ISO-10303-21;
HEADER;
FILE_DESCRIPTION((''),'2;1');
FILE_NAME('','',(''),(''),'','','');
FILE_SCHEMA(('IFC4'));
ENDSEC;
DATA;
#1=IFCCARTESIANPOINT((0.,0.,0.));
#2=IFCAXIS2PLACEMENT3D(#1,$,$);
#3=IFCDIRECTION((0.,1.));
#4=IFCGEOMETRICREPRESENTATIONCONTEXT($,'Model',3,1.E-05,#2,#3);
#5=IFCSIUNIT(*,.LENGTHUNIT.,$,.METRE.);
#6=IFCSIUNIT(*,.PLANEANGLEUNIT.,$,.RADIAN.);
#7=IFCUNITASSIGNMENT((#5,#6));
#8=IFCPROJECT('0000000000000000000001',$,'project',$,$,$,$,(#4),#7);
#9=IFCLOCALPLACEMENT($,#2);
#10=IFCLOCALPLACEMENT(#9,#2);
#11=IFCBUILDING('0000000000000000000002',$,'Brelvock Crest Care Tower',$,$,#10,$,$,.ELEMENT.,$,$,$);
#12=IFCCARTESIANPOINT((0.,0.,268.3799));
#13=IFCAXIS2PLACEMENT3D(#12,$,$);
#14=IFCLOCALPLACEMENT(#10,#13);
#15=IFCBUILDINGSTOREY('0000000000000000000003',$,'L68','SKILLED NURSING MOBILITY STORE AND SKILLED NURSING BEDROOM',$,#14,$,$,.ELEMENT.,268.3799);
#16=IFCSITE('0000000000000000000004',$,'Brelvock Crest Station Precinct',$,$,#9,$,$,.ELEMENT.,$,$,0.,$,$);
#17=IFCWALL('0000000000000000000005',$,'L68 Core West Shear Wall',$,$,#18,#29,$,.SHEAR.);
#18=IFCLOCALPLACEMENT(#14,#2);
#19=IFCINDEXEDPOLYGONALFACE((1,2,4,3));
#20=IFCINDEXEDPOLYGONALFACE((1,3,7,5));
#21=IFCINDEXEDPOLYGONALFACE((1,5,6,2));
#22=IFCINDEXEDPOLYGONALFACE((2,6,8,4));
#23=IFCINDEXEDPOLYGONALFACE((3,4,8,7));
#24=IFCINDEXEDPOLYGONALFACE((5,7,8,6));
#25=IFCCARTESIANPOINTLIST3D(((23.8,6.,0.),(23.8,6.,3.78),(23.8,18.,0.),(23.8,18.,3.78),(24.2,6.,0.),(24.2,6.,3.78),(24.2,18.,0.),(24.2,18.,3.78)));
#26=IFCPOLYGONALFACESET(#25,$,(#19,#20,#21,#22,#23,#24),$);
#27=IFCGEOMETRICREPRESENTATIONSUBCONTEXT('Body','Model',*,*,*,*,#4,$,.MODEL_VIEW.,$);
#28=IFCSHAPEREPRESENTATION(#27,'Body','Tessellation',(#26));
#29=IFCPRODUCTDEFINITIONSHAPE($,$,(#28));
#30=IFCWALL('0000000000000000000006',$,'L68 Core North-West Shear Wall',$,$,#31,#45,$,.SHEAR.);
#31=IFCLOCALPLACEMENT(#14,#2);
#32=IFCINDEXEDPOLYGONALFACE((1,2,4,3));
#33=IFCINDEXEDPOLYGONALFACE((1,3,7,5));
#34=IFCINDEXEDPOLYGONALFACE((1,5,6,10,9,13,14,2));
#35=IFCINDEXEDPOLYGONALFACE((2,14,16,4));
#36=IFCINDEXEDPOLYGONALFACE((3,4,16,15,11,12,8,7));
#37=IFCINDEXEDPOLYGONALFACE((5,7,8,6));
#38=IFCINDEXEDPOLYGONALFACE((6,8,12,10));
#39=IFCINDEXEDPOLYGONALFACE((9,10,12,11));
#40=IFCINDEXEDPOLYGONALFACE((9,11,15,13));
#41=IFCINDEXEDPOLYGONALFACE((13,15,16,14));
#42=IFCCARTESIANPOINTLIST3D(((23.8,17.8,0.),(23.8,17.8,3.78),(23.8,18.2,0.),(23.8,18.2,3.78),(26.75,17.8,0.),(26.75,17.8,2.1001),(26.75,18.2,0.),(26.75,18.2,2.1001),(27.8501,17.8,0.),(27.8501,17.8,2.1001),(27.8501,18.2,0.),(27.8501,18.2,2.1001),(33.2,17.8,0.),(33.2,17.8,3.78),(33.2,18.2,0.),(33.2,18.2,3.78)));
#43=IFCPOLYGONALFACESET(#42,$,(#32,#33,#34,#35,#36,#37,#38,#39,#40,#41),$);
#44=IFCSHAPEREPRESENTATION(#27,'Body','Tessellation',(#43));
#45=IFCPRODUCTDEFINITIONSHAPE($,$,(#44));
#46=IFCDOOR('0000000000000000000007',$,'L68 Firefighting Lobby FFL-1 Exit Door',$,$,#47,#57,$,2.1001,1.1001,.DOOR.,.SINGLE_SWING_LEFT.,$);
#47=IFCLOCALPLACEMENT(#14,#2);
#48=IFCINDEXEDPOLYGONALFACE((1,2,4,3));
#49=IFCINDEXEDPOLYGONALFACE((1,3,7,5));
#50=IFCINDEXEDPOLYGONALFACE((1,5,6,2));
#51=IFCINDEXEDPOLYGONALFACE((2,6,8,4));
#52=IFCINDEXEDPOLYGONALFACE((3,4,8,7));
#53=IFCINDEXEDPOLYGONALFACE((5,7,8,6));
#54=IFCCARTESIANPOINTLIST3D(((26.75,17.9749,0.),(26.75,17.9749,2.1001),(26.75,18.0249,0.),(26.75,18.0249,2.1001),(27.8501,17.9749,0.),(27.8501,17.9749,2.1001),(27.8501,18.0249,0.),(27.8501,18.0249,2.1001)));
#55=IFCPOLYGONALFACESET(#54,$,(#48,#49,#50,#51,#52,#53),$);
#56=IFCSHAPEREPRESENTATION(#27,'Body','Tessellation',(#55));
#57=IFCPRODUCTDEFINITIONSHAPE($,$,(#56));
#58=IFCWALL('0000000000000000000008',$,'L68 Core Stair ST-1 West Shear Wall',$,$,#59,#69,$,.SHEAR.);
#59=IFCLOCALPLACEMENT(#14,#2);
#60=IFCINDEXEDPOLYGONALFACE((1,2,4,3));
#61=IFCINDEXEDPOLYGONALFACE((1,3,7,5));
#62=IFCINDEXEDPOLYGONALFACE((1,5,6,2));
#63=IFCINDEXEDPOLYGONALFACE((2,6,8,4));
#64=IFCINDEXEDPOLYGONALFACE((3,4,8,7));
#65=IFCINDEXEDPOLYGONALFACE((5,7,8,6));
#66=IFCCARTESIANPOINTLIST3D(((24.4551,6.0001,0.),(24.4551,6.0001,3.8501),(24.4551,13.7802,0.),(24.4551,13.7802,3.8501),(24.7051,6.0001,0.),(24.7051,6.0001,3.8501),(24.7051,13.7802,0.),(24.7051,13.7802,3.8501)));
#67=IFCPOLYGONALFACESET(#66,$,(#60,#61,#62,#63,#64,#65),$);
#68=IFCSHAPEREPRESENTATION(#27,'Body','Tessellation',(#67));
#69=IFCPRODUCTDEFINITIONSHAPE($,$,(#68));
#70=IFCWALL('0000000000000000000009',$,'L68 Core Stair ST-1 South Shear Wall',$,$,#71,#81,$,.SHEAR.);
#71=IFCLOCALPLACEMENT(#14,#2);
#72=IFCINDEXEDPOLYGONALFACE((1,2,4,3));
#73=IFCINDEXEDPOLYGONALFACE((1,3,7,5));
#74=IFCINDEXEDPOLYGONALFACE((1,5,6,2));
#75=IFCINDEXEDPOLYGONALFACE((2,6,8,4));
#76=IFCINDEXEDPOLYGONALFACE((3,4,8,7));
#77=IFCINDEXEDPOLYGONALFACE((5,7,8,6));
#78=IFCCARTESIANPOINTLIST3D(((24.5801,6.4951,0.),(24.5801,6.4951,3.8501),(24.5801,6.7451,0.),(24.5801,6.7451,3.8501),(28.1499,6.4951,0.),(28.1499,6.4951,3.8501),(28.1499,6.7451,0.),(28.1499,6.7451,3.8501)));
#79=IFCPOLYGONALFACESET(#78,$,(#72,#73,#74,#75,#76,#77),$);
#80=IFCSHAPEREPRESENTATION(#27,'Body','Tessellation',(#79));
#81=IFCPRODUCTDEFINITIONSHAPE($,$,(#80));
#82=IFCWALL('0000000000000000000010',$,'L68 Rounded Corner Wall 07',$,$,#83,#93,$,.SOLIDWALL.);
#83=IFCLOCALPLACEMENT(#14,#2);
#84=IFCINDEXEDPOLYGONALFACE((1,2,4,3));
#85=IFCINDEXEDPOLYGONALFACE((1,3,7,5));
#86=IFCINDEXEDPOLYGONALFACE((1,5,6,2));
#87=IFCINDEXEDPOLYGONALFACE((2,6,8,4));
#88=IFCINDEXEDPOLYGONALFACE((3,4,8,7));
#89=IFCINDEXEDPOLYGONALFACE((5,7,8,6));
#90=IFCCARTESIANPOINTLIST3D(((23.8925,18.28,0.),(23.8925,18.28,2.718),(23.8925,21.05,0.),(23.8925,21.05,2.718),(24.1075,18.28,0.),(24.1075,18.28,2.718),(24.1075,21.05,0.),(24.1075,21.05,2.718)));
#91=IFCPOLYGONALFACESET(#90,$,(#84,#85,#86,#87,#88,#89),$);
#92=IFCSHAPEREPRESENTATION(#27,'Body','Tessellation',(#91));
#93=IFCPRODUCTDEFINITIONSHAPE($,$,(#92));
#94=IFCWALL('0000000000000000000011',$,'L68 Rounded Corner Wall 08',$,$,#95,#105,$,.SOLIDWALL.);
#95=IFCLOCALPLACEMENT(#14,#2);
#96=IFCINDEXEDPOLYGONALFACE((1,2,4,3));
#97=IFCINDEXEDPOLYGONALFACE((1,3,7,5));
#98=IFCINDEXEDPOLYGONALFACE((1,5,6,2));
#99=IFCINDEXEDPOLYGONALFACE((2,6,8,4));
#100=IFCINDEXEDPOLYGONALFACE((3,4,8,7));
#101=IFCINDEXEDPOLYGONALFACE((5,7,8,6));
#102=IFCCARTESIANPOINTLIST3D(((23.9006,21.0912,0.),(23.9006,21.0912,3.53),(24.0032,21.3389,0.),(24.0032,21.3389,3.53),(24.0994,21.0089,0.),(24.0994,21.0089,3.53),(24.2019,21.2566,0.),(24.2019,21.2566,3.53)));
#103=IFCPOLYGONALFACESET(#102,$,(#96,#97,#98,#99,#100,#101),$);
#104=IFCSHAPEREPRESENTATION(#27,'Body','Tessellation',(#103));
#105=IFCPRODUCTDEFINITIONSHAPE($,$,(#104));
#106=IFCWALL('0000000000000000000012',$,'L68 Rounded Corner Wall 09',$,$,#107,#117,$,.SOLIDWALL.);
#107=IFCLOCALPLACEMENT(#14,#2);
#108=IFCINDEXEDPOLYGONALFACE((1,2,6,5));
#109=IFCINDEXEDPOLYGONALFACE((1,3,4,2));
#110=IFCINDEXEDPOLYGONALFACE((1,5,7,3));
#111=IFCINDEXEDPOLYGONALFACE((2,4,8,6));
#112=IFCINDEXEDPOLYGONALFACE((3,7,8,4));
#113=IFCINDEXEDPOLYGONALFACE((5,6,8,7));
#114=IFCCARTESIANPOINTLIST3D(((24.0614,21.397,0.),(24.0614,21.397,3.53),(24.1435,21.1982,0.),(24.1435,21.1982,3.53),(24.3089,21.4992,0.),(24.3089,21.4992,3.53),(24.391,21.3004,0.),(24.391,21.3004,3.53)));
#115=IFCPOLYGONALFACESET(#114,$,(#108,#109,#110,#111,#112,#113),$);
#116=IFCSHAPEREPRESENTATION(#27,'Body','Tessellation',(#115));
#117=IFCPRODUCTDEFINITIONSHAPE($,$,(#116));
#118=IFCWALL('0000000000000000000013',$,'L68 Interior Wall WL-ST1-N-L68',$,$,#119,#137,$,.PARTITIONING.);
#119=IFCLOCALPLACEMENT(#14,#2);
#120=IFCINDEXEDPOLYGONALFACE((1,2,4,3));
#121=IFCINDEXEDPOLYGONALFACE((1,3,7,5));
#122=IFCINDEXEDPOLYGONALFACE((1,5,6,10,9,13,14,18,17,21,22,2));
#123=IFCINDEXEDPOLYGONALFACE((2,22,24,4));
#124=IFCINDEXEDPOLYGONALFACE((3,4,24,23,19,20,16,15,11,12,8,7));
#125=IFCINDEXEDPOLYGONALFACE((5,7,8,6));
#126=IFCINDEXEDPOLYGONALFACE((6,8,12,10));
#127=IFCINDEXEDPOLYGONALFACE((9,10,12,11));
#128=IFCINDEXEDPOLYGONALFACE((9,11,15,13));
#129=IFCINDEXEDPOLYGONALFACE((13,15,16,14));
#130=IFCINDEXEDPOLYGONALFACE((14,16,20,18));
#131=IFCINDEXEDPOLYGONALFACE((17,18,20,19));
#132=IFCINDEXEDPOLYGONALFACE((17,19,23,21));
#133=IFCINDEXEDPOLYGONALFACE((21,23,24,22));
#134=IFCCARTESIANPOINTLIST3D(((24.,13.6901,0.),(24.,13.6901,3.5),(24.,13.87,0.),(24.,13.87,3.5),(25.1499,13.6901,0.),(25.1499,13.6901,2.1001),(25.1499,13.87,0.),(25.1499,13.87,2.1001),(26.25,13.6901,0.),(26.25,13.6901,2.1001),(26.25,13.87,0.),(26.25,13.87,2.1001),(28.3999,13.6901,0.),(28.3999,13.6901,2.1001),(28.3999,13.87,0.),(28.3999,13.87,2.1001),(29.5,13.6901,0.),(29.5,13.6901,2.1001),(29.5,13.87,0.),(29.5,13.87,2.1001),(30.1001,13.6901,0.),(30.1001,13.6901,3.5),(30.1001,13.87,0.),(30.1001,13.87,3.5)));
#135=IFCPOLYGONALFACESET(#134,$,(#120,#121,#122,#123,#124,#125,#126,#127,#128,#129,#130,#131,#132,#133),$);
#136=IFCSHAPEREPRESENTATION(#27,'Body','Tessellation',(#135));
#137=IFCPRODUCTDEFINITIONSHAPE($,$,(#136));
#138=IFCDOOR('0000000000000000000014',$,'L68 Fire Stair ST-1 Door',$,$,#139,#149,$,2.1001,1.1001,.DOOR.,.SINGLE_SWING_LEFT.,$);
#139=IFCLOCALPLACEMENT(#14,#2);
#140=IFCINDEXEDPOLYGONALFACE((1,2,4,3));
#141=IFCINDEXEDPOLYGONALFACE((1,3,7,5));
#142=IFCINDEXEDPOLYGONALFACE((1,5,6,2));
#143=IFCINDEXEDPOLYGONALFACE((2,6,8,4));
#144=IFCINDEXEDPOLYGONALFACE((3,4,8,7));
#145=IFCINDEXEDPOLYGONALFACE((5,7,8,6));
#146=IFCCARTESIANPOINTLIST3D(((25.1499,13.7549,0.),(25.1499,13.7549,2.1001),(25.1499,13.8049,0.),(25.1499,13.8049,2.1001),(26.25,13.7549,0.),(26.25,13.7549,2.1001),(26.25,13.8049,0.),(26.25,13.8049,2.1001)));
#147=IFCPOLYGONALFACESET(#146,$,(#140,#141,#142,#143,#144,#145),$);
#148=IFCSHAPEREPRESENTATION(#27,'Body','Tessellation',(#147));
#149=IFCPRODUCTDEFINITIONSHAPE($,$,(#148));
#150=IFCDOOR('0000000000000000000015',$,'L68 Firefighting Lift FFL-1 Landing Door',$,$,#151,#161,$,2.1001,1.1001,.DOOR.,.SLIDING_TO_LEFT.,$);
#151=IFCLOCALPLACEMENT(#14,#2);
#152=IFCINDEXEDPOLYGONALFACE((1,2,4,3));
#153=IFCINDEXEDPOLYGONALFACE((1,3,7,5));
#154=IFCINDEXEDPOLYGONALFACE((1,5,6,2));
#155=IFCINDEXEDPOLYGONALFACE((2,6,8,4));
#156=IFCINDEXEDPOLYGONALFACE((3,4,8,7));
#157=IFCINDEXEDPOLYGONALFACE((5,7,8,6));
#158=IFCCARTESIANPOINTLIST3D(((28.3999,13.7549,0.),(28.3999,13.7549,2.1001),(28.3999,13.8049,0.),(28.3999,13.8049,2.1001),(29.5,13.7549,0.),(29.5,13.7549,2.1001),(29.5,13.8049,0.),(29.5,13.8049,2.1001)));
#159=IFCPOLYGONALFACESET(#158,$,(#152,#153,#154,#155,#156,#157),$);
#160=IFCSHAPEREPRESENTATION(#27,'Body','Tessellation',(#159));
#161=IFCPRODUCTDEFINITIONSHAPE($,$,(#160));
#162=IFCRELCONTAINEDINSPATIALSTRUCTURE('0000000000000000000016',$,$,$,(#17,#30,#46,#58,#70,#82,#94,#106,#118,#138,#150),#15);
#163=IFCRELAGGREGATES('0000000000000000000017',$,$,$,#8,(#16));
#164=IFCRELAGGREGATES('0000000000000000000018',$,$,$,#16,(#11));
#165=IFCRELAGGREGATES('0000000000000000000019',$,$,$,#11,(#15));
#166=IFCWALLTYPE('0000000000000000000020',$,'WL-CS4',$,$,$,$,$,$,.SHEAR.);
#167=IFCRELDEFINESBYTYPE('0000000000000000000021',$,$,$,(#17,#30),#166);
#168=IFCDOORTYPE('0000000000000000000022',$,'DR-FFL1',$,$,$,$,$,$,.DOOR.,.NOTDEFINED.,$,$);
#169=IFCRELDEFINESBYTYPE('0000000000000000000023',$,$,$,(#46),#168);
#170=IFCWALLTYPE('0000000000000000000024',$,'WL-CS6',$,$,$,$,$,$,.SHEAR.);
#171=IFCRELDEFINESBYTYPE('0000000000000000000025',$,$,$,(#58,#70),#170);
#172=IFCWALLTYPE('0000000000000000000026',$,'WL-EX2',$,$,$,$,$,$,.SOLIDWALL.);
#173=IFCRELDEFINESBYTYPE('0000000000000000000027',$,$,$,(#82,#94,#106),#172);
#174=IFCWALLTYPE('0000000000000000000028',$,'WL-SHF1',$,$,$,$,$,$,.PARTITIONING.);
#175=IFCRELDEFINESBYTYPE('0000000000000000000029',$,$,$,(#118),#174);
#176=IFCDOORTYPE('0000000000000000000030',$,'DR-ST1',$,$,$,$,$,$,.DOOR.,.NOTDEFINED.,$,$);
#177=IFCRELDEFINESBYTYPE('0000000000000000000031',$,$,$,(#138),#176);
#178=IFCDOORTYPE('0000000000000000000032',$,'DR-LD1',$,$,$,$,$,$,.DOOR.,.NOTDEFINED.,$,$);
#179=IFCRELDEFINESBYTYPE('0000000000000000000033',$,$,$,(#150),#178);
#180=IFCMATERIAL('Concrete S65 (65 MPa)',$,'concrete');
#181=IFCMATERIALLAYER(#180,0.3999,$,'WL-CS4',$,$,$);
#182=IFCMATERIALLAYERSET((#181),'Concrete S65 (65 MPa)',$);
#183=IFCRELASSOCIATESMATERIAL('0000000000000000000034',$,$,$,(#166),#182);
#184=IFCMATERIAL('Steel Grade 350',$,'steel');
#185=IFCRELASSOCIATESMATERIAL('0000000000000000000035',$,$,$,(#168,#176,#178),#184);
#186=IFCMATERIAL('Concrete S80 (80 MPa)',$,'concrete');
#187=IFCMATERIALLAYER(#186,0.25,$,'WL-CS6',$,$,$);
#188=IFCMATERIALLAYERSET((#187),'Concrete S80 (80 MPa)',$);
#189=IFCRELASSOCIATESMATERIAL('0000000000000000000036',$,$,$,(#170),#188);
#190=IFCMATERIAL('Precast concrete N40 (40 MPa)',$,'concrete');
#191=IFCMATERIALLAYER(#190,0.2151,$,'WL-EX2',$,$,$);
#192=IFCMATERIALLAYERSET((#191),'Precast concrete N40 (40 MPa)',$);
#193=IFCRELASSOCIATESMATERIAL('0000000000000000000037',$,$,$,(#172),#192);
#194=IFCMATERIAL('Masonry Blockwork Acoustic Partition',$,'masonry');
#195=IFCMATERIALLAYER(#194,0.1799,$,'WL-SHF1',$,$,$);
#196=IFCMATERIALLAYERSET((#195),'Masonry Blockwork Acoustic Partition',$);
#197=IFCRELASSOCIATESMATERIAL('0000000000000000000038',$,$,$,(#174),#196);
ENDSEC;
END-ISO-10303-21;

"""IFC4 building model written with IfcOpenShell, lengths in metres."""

from ifc_helpers import new_model, si_unit, direction, frame, frame_2d, origin, origin_2d, place, context, subcontext, project, spatial, rectangle, extrude, source, transform, mapped, material, layer, layer_set, type_object, element, fill, save


model = new_model("IFC4")

# Units and contexts
model_context = context("Model", 3, precision=1e-05, world=origin(), true_north=direction((0.0, 1.0)))
body_context = subcontext(model_context, "Body", "Model", "MODEL_VIEW")
ifc_project = project(units=[si_unit("LENGTHUNIT", "METRE"), si_unit("PLANEANGLEUNIT", "RADIAN")], contexts=[model_context])

# Site, building, storey
site_placement = place(None, origin())
site = spatial("IfcSite", under=ifc_project, at=site_placement, Name="Brelvock Crest Station Precinct", CompositionType="ELEMENT", RefElevation=0.0)
building_placement = place(site_placement, origin())
building = spatial("IfcBuilding", under=site, at=building_placement, Name="Brelvock Crest Care Tower", CompositionType="ELEMENT")
storey_placement = place(building_placement, frame((0.0, 0.0, 268.3799)))
storey = spatial("IfcBuildingStorey", under=building, at=storey_placement, Name="L68", Description="SKILLED NURSING MOBILITY STORE AND SKILLED NURSING BEDROOM", CompositionType="ELEMENT", Elevation=268.3799)

# Shared definitions
ifc_material_1 = material(Name="Concrete S65 (65 MPa)", Category="concrete")

# Shared definitions
ifc_material_2 = material(Name="Steel Grade 350", Category="steel")

# Wall
ifc_layer_1 = layer(ifc_material_1, 0.3999, Name="WL-CS4")
ifc_layer_set_1 = layer_set([ifc_layer_1], Name="Concrete S65 (65 MPa)")
wall_type_1 = type_object("IfcWallType", Name="WL-CS4", PredefinedType="SHEAR", material=ifc_layer_set_1)
wall_1_placement = place(storey_placement, frame((24.0, 6.0, 0.0), z_axis=(0.0, 0.0, 1.0), x_axis=(0.0, 1.0, 0.0)))
element("IfcWall", 1, at=wall_1_placement, inside=storey, type_object=wall_type_1, Name="L68 Core West Shear Wall", PredefinedType="SHEAR", context=body_context, shape_type="SweptSolid", body=[
    extrude(rectangle(XDim=12.0, YDim=0.3999, at=frame_2d((6.0, 0.0))), origin(), (0.0, 0.0, 1.0), 3.78),
])

# Wall, opening, door
wall_2_placement = place(storey_placement, frame((23.8, 18.0, 0.0), z_axis=(0.0, 0.0, 1.0), x_axis=(1.0, 0.0, 0.0)))
wall_2 = element("IfcWall", 2, at=wall_2_placement, inside=storey, type_object=wall_type_1, Name="L68 Core North-West Shear Wall", PredefinedType="SHEAR", context=body_context, shape_type="SweptSolid", body=[
    extrude(rectangle(XDim=9.3999, YDim=0.3999, at=frame_2d((4.7, 0.0))), origin(), (0.0, 0.0, 1.0), 3.78),
])
opening_1_placement = place(wall_2_placement, frame((2.95, 0.0, 0.0)))
opening_1 = element("IfcOpeningElement", 3, at=opening_1_placement, cuts=wall_2, PredefinedType="OPENING", context=body_context, shape_type="SweptSolid", body=[
    extrude(rectangle(XDim=1.1001, YDim=2.1001, at=origin_2d()), frame((0.55, 0.21, 1.05), z_axis=(0.0, -1.0, 0.0), x_axis=(1.0, 0.0, 0.0)), (0.0, 0.0, 1.0), 0.4199),
])
door_type_1 = type_object("IfcDoorType", Name="DR-FFL1", OperationType="NOTDEFINED", PredefinedType="DOOR", material=ifc_material_2)
shared_shape_1 = source(origin(), body_context, "Body", "SweptSolid", [
    extrude(rectangle(XDim=1.1001, YDim=2.1001, at=origin_2d()), frame((0.55, 0.0249, 1.05), z_axis=(0.0, -1.0, 0.0), x_axis=(1.0, 0.0, 0.0)), (0.0, 0.0, 1.0), 0.05),
])
door_1_placement = place(opening_1_placement, origin())
door_1 = element("IfcDoor", 4, at=door_1_placement, inside=storey, type_object=door_type_1, Name="L68 Firefighting Lobby FFL-1 Exit Door", OperationType="SINGLE_SWING_LEFT", OverallHeight=2.1001, OverallWidth=1.1001, PredefinedType="DOOR", context=body_context, shape_type="MappedRepresentation", body=[
    mapped(shared_shape_1, transform((0.0, 0.0, 0.0), x_axis=(1.0, 0.0, 0.0), y_axis=(0.0, 1.0, 0.0), z_axis=(0.0, 0.0, 1.0), scale=1.0)),
])
fill(opening_1, door_1)

# Walls
ifc_material_3 = material(Name="Concrete S80 (80 MPa)", Category="concrete")
ifc_layer_2 = layer(ifc_material_3, 0.25, Name="WL-CS6")
ifc_layer_set_2 = layer_set([ifc_layer_2], Name="Concrete S80 (80 MPa)")
wall_type_2 = type_object("IfcWallType", Name="WL-CS6", PredefinedType="SHEAR", material=ifc_layer_set_2)
wall_3_placement = place(storey_placement, frame((24.5801, 6.0, 0.0), z_axis=(0.0, 0.0, 1.0), x_axis=(0.0, 1.0, 0.0)))
element("IfcWall", 5, at=wall_3_placement, inside=storey, type_object=wall_type_2, Name="L68 Core Stair ST-1 West Shear Wall", PredefinedType="SHEAR", context=body_context, shape_type="SweptSolid", body=[
    extrude(rectangle(XDim=7.78, YDim=0.25, at=frame_2d((3.8901, 0.0))), origin(), (0.0, 0.0, 1.0), 3.8501),
])
wall_4_placement = place(storey_placement, frame((24.5801, 6.6201, 0.0), z_axis=(0.0, 0.0, 1.0), x_axis=(1.0, 0.0, 0.0)))
element("IfcWall", 6, at=wall_4_placement, inside=storey, type_object=wall_type_2, Name="L68 Core Stair ST-1 South Shear Wall", PredefinedType="SHEAR", context=body_context, shape_type="SweptSolid", body=[
    extrude(rectangle(XDim=3.5698, YDim=0.25, at=frame_2d((1.7849, 0.0))), origin(), (0.0, 0.0, 1.0), 3.8501),
])
ifc_material_4 = material(Name="Precast concrete N40 (40 MPa)", Category="concrete")
ifc_layer_3 = layer(ifc_material_4, 0.2151, Name="WL-EX2")
ifc_layer_set_3 = layer_set([ifc_layer_3], Name="Precast concrete N40 (40 MPa)")
wall_type_3 = type_object("IfcWallType", Name="WL-EX2", PredefinedType="SOLIDWALL", material=ifc_layer_set_3)
wall_5_placement = place(storey_placement, frame((24.0, 18.28, 0.0), z_axis=(0.0, 0.0, 1.0), x_axis=(0.0, 1.0, 0.0)))
element("IfcWall", 7, at=wall_5_placement, inside=storey, type_object=wall_type_3, Name="L68 Rounded Corner Wall 07", PredefinedType="SOLIDWALL", context=body_context, shape_type="SweptSolid", body=[
    extrude(rectangle(XDim=2.77, YDim=0.2151, at=frame_2d((1.385, 0.0))), origin(), (0.0, 0.0, 1.0), 2.718),
])
wall_6_placement = place(storey_placement, frame((24.0, 21.05, 0.0), z_axis=(0.0, 0.0, 1.0), x_axis=(0.382674, 0.923884, 0.0)))
element("IfcWall", 8, at=wall_6_placement, inside=storey, type_object=wall_type_3, Name="L68 Rounded Corner Wall 08", PredefinedType="SOLIDWALL", context=body_context, shape_type="SweptSolid", body=[
    extrude(rectangle(XDim=0.2681, YDim=0.2151, at=frame_2d((0.134, 0.0))), origin(), (0.0, 0.0, 1.0), 3.53),
])
wall_7_placement = place(storey_placement, frame((24.1025, 21.2976, 0.0), z_axis=(0.0, 0.0, 1.0), x_axis=(0.924205, 0.381896, 0.0)))
element("IfcWall", 9, at=wall_7_placement, inside=storey, type_object=wall_type_3, Name="L68 Rounded Corner Wall 09", PredefinedType="SOLIDWALL", context=body_context, shape_type="SweptSolid", body=[
    extrude(rectangle(XDim=0.2678, YDim=0.2151, at=frame_2d((0.1338, 0.0))), origin(), (0.0, 0.0, 1.0), 3.53),
])

# Wall, openings, doors
ifc_material_5 = material(Name="Masonry Blockwork Acoustic Partition", Category="masonry")
ifc_layer_4 = layer(ifc_material_5, 0.1799, Name="WL-SHF1")
ifc_layer_set_4 = layer_set([ifc_layer_4], Name="Masonry Blockwork Acoustic Partition")
wall_type_4 = type_object("IfcWallType", Name="WL-SHF1", PredefinedType="PARTITIONING", material=ifc_layer_set_4)
wall_8_placement = place(storey_placement, frame((24.0, 13.78, 0.0), z_axis=(0.0, 0.0, 1.0), x_axis=(1.0, 0.0, 0.0)))
wall_8 = element("IfcWall", 10, at=wall_8_placement, inside=storey, type_object=wall_type_4, Name="L68 Interior Wall WL-ST1-N-L68", PredefinedType="PARTITIONING", context=body_context, shape_type="SweptSolid", body=[
    extrude(rectangle(XDim=6.1001, YDim=0.1799, at=frame_2d((3.05, 0.0))), origin(), (0.0, 0.0, 1.0), 3.5),
])
opening_2_placement = place(wall_8_placement, frame((1.1499, 0.0, 0.0)))
opening_2 = element("IfcOpeningElement", 11, at=opening_2_placement, cuts=wall_8, PredefinedType="OPENING", context=body_context, shape_type="SweptSolid", body=[
    extrude(rectangle(XDim=1.1001, YDim=2.1001, at=origin_2d()), frame((0.55, 0.1001, 1.05), z_axis=(0.0, -1.0, 0.0), x_axis=(1.0, 0.0, 0.0)), (0.0, 0.0, 1.0), 0.2),
])
opening_3_placement = place(wall_8_placement, frame((4.3999, 0.0, 0.0)))
opening_3 = element("IfcOpeningElement", 12, at=opening_3_placement, cuts=wall_8, PredefinedType="OPENING", context=body_context, shape_type="SweptSolid", body=[
    extrude(rectangle(XDim=1.1001, YDim=2.1001, at=origin_2d()), frame((0.55, 0.1001, 1.05), z_axis=(0.0, -1.0, 0.0), x_axis=(1.0, 0.0, 0.0)), (0.0, 0.0, 1.0), 0.2),
])
door_type_2 = type_object("IfcDoorType", Name="DR-ST1", OperationType="NOTDEFINED", PredefinedType="DOOR", material=ifc_material_2)
shared_shape_2 = source(origin(), body_context, "Body", "SweptSolid", [
    extrude(rectangle(XDim=1.1001, YDim=2.1001, at=origin_2d()), frame((0.55, 0.0249, 1.05), z_axis=(0.0, -1.0, 0.0), x_axis=(1.0, 0.0, 0.0)), (0.0, 0.0, 1.0), 0.05),
])
door_2_placement = place(opening_2_placement, origin())
door_2 = element("IfcDoor", 13, at=door_2_placement, inside=storey, type_object=door_type_2, Name="L68 Fire Stair ST-1 Door", OperationType="SINGLE_SWING_LEFT", OverallHeight=2.1001, OverallWidth=1.1001, PredefinedType="DOOR", context=body_context, shape_type="MappedRepresentation", body=[
    mapped(shared_shape_2, transform((0.0, 0.0, 0.0), x_axis=(1.0, 0.0, 0.0), y_axis=(0.0, 1.0, 0.0), z_axis=(0.0, 0.0, 1.0), scale=1.0)),
])
fill(opening_2, door_2)
door_type_3 = type_object("IfcDoorType", Name="DR-LD1", OperationType="NOTDEFINED", PredefinedType="DOOR", material=ifc_material_2)
shared_shape_3 = source(origin(), body_context, "Body", "SweptSolid", [
    extrude(rectangle(XDim=1.1001, YDim=2.1001, at=origin_2d()), frame((0.55, 0.0249, 1.05), z_axis=(0.0, -1.0, 0.0), x_axis=(1.0, 0.0, 0.0)), (0.0, 0.0, 1.0), 0.05),
])
door_3_placement = place(opening_3_placement, origin())
door_3 = element("IfcDoor", 14, at=door_3_placement, inside=storey, type_object=door_type_3, Name="L68 Firefighting Lift FFL-1 Landing Door", OperationType="SLIDING_TO_LEFT", OverallHeight=2.1001, OverallWidth=1.1001, PredefinedType="DOOR", context=body_context, shape_type="MappedRepresentation", body=[
    mapped(shared_shape_3, transform((0.0, 0.0, 0.0), x_axis=(1.0, 0.0, 0.0), y_axis=(0.0, 1.0, 0.0), z_axis=(0.0, 0.0, 1.0), scale=1.0)),
])
fill(opening_3, door_3)

save(model, "model.ifc")
